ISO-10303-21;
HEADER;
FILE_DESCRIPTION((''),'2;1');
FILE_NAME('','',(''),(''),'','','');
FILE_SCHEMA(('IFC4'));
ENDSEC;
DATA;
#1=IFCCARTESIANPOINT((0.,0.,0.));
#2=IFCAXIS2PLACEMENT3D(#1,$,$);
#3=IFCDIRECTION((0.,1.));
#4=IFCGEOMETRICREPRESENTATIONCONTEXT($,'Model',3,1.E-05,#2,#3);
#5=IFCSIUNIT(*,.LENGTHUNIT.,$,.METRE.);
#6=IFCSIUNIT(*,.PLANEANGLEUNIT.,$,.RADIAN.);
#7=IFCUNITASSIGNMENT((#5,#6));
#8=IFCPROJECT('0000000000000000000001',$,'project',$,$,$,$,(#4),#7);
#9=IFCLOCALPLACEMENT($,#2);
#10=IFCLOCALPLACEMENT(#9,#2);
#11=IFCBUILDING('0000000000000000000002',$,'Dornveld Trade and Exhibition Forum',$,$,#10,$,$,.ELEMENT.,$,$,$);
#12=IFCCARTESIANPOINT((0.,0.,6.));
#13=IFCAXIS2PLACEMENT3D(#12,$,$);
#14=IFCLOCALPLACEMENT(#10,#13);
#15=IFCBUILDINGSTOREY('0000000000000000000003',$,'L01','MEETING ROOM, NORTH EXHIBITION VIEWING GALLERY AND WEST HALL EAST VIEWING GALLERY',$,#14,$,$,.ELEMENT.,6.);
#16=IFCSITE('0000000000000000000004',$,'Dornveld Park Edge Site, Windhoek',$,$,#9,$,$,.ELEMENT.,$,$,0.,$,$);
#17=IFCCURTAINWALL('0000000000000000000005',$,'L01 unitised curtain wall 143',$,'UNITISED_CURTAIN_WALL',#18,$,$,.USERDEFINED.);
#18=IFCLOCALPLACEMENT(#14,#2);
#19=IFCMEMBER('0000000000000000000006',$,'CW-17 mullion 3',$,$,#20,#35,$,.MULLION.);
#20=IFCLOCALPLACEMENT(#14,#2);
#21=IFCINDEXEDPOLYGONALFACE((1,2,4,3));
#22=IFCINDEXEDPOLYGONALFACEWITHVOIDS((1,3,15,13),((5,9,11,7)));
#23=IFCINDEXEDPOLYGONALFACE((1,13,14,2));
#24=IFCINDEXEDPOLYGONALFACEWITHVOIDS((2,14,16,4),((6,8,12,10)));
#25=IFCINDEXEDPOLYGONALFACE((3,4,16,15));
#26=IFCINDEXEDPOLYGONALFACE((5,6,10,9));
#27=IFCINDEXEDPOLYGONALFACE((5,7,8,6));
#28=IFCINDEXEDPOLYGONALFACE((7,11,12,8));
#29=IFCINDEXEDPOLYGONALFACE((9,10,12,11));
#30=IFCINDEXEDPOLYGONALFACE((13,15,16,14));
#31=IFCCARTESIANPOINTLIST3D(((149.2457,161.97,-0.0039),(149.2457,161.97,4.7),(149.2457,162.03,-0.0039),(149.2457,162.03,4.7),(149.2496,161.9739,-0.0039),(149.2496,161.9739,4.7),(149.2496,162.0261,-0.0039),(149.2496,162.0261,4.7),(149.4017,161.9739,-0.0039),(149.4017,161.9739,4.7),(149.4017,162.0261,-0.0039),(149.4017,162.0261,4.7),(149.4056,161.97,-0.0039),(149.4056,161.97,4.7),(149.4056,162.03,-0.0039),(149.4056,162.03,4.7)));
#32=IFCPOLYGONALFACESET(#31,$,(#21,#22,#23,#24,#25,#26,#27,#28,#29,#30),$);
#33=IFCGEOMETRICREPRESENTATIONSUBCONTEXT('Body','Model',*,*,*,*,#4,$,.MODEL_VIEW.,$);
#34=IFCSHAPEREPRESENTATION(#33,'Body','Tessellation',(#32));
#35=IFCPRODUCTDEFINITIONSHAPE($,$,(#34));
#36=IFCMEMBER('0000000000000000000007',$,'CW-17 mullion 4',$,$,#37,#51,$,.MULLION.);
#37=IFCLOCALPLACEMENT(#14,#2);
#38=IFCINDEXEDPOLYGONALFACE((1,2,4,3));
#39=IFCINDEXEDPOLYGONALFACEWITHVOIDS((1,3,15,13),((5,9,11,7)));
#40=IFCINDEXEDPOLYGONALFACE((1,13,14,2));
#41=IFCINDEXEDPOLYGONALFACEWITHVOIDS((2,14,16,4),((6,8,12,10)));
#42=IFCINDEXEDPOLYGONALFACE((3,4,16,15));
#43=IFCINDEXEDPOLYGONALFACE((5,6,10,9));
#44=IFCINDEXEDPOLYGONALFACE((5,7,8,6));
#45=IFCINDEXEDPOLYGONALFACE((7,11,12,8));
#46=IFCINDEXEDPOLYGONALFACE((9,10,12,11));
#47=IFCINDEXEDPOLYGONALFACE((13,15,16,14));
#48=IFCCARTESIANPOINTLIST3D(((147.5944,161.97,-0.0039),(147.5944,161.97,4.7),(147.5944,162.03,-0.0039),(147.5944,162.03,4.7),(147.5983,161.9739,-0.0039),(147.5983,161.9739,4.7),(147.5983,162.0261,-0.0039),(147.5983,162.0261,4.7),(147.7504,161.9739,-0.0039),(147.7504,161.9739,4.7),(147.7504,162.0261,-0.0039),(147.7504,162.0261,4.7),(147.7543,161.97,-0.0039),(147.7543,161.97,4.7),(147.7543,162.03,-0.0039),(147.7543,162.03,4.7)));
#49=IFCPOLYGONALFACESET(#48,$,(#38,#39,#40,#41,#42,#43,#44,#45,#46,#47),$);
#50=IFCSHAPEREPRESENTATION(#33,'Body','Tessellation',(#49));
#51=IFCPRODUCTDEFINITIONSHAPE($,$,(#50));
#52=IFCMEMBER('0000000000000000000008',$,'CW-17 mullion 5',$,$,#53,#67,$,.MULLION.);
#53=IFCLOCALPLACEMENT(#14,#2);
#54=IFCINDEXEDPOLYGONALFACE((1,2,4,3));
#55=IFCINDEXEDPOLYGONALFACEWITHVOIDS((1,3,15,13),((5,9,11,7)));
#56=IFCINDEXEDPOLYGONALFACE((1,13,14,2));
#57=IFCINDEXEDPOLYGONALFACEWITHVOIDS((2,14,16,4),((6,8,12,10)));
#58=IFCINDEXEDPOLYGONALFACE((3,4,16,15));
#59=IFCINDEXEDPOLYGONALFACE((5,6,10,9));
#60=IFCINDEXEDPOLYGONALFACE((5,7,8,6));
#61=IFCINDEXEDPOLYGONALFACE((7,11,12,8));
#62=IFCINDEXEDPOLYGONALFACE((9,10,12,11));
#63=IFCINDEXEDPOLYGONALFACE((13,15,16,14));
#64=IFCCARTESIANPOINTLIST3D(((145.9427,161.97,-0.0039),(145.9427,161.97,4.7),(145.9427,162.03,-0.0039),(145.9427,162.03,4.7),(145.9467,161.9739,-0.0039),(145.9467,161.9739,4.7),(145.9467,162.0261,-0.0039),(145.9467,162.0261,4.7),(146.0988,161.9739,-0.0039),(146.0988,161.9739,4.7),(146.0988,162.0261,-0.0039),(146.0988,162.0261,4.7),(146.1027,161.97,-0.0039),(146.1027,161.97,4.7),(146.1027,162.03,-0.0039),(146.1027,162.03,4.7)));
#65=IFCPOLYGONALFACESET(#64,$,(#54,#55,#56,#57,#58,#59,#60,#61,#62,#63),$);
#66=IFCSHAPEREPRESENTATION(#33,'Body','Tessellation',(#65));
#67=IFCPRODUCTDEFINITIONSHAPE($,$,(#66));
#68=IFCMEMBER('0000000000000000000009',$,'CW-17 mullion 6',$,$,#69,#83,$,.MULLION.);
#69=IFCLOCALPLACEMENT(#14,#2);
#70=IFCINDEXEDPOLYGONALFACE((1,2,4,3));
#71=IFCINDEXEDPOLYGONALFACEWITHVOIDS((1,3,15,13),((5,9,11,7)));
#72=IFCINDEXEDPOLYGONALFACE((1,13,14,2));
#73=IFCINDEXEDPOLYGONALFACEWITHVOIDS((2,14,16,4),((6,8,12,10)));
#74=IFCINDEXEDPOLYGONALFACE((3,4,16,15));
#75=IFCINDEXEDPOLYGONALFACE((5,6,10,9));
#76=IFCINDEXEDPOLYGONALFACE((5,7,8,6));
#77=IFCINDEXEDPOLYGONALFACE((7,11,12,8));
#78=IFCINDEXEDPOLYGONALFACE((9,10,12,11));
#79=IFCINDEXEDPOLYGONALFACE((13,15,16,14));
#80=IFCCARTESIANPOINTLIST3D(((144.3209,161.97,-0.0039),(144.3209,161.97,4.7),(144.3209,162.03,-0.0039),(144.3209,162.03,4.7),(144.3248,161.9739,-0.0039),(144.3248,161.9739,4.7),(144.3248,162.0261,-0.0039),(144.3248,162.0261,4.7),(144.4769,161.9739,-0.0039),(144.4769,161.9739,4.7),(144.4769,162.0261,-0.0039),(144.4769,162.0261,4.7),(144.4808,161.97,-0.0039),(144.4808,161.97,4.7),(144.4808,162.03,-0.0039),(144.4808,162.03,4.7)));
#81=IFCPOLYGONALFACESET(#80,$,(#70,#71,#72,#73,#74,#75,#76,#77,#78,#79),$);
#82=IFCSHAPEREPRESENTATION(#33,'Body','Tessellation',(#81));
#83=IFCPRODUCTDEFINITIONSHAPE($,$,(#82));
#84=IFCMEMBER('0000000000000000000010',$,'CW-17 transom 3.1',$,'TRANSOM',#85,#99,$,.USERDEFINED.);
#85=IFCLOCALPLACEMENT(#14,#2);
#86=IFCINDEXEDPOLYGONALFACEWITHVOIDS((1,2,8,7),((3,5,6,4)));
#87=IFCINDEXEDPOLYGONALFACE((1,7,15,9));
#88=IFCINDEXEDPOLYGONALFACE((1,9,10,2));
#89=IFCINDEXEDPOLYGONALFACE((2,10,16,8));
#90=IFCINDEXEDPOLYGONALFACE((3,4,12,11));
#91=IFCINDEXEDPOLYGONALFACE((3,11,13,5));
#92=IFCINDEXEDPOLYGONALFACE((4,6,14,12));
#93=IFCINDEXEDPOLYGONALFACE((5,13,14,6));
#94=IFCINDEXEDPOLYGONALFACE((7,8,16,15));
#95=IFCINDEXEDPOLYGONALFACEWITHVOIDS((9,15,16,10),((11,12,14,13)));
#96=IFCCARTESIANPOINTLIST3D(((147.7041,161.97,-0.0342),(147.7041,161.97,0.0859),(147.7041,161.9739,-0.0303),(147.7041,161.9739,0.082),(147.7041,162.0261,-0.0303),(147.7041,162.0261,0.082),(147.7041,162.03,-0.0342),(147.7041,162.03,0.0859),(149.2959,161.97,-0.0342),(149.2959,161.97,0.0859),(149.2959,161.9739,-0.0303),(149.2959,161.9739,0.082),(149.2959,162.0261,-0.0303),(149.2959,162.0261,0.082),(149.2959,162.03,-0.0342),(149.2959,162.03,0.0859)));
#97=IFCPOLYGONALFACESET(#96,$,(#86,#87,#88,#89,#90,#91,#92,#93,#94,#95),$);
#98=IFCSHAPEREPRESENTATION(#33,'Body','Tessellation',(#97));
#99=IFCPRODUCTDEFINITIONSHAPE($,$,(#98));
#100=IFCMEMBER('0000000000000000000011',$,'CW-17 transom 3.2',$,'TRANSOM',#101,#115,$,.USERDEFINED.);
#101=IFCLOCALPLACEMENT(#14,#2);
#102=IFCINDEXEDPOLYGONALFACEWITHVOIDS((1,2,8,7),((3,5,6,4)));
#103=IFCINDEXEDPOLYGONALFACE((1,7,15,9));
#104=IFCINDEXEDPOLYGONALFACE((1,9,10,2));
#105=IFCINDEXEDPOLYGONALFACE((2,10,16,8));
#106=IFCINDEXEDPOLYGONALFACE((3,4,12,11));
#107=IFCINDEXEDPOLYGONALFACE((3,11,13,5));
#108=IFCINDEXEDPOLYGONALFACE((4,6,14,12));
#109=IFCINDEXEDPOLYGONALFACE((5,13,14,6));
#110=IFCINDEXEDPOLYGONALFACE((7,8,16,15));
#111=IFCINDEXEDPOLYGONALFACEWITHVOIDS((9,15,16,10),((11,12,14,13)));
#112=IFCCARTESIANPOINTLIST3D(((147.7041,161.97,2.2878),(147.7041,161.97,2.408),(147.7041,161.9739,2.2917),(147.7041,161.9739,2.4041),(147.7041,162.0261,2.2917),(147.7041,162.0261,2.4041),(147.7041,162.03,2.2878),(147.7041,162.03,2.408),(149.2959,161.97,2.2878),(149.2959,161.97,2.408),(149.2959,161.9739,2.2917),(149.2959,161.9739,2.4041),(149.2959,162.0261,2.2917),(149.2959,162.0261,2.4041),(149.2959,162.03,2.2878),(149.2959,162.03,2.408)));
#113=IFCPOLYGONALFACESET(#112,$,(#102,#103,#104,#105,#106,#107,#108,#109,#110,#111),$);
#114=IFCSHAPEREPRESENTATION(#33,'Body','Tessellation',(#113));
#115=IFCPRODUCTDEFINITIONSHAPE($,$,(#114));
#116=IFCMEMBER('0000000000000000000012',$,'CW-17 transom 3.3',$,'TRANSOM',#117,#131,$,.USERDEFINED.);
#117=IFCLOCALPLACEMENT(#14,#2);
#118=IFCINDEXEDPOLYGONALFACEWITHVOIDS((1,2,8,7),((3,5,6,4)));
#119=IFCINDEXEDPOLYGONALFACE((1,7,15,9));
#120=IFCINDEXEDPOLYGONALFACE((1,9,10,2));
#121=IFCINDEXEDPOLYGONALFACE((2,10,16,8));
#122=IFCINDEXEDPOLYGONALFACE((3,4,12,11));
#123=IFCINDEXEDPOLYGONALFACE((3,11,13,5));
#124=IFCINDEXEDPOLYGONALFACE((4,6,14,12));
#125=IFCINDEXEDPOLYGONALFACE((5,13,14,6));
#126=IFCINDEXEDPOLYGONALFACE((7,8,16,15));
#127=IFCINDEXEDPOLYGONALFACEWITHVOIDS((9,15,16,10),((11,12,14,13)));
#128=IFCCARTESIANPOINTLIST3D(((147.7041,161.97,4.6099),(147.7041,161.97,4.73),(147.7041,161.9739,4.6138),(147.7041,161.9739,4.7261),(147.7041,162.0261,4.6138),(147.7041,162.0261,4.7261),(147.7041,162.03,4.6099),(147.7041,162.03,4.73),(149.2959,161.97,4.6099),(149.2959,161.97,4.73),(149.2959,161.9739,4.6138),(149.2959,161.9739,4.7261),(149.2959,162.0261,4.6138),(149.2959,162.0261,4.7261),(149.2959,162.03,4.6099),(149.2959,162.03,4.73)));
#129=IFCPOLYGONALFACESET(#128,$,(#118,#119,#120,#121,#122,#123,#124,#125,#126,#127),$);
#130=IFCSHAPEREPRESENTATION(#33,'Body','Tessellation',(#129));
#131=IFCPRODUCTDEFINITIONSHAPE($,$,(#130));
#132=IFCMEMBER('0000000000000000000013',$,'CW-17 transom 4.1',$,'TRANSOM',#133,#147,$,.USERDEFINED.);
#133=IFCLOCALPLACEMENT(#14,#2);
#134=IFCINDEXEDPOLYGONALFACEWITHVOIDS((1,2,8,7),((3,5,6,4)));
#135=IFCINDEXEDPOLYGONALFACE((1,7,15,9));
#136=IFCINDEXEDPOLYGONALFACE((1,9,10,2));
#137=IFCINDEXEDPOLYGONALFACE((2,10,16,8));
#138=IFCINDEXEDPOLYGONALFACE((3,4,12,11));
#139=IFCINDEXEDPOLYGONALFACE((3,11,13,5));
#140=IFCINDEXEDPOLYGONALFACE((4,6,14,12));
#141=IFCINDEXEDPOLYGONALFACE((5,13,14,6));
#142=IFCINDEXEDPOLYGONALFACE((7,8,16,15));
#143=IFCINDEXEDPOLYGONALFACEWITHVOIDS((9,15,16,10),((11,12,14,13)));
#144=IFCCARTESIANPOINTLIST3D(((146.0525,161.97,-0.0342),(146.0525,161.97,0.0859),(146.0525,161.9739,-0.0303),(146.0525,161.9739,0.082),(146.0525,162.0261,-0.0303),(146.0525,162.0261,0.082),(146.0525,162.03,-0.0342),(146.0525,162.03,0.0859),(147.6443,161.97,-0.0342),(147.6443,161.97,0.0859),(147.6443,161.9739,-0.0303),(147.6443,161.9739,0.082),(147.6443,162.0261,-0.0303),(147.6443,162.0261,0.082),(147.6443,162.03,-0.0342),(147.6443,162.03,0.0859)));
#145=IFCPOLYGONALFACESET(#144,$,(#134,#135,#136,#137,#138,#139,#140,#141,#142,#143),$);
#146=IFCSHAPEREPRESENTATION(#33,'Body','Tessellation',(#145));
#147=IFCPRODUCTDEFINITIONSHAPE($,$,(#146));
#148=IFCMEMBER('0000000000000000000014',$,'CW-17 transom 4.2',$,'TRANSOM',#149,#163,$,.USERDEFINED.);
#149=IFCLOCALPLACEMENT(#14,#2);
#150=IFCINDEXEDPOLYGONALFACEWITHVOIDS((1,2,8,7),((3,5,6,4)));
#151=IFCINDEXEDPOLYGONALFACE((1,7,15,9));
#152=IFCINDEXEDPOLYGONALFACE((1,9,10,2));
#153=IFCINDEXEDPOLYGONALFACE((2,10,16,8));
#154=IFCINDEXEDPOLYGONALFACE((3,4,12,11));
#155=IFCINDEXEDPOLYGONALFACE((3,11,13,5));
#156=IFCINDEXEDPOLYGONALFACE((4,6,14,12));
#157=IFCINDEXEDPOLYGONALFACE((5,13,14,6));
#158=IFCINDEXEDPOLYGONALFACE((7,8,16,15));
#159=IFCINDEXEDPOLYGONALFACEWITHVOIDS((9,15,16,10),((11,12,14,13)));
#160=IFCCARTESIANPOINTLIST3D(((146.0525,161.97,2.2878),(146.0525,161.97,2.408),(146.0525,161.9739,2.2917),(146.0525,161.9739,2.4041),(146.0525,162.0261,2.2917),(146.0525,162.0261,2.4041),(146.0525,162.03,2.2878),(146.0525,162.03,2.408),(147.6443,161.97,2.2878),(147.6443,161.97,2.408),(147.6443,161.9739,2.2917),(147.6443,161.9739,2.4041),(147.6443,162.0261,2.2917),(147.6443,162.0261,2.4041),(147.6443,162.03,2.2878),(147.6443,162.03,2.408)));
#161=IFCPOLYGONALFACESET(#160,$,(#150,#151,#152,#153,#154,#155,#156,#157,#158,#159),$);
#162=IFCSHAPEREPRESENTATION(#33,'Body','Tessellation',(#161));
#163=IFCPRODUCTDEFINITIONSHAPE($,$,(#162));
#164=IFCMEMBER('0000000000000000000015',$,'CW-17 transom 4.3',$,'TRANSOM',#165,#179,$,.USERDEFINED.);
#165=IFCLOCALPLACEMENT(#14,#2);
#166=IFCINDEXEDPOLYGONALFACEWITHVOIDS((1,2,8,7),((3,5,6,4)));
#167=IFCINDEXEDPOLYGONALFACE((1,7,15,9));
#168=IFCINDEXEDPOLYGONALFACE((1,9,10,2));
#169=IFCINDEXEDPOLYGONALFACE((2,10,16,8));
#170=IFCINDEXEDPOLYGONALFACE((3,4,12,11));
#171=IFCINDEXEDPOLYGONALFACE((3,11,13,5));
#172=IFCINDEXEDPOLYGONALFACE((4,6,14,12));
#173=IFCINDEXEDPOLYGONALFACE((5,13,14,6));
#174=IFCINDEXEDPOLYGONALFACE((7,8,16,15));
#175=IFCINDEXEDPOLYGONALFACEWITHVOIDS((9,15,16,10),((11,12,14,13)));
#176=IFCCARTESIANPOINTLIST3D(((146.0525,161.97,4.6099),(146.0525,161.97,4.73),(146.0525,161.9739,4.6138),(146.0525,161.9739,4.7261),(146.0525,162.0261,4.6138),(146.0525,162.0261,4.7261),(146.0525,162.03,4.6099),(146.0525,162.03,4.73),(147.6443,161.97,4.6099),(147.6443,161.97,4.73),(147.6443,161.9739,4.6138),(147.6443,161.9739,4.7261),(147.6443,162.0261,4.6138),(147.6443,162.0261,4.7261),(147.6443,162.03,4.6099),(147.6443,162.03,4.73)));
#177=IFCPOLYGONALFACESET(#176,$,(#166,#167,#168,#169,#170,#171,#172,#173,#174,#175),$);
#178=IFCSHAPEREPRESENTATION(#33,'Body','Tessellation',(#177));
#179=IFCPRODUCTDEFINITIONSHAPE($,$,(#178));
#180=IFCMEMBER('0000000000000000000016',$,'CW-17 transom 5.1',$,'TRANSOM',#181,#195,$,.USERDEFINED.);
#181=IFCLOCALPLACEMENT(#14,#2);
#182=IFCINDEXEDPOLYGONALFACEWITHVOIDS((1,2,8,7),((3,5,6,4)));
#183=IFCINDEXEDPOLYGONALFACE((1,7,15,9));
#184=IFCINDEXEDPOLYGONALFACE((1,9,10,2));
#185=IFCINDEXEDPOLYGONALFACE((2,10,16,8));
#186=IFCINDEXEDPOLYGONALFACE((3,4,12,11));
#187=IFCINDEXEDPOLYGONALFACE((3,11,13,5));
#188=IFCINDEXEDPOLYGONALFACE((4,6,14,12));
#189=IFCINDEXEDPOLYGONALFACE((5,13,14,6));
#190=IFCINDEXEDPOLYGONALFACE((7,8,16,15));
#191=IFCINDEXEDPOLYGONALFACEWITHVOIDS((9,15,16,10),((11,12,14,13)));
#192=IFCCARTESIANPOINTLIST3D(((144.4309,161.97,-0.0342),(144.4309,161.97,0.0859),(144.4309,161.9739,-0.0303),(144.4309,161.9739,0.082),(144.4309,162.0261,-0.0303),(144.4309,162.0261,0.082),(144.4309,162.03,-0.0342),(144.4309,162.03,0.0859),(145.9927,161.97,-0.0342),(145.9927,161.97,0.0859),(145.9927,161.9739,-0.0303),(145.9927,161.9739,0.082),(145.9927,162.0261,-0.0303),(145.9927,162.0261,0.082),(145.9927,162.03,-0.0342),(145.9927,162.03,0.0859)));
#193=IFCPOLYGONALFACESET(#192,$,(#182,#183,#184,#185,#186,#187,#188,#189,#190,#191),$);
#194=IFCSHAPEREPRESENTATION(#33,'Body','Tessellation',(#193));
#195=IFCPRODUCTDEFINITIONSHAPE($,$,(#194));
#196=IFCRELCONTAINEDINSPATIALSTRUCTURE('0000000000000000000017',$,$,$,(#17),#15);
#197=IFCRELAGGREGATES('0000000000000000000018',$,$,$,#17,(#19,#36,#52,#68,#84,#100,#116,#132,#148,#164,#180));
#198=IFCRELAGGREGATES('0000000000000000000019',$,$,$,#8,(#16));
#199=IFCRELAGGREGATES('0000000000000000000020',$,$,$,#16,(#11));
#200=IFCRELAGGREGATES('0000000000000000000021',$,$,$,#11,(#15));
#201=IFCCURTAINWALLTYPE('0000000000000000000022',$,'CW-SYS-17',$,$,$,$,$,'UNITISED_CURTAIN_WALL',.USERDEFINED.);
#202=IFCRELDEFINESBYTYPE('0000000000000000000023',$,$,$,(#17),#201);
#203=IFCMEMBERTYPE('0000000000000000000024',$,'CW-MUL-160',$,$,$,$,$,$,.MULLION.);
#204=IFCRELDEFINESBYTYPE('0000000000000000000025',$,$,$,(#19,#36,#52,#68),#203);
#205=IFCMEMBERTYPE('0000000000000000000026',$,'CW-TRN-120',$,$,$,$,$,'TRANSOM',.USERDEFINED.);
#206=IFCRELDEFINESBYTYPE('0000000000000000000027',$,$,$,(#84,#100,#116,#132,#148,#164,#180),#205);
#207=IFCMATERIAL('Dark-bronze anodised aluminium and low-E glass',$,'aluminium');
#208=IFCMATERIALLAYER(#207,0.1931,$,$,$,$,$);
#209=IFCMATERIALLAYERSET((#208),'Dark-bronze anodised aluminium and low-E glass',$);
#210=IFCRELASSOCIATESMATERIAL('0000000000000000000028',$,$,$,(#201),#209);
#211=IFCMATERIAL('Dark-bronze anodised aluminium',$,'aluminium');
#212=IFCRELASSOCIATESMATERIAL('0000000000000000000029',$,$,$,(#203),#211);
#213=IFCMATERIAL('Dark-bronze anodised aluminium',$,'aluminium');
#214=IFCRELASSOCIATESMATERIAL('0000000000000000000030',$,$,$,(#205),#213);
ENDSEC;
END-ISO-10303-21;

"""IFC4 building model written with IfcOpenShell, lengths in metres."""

from ifc_helpers import new_model, si_unit, direction, frame, origin, origin_2d, place, context, subcontext, project, spatial, hollow_rectangle, extrude, material, layer, layer_set, material_profile, profile_set, type_object, element, aggregate, save


model = new_model("IFC4")

# Units and contexts
model_context = context("Model", 3, precision=1e-05, world=origin(), true_north=direction((0.0, 1.0)))
body_context = subcontext(model_context, "Body", "Model", "MODEL_VIEW")
ifc_project = project(units=[si_unit("LENGTHUNIT", "METRE"), si_unit("PLANEANGLEUNIT", "RADIAN")], contexts=[model_context])

# Site, building, storey
site_placement = place(None, origin())
site = spatial("IfcSite", under=ifc_project, at=site_placement, Name="Dornveld Park Edge Site, Windhoek", CompositionType="ELEMENT", RefElevation=0.0)
building_placement = place(site_placement, origin())
building = spatial("IfcBuilding", under=site, at=building_placement, Name="Dornveld Trade and Exhibition Forum", CompositionType="ELEMENT")
storey_placement = place(building_placement, frame((0.0, 0.0, 6.0)))
storey = spatial("IfcBuildingStorey", under=building, at=storey_placement, Name="L01", Description="MEETING ROOM, NORTH EXHIBITION VIEWING GALLERY AND WEST HALL EAST VIEWING GALLERY", CompositionType="ELEMENT", Elevation=6.0)

# Curtain wall, members
ifc_material_1 = material(Name="Dark-bronze anodised aluminium and low-E glass", Category="aluminium")
ifc_layer_1 = layer(ifc_material_1, 0.1931)
ifc_layer_set_1 = layer_set([ifc_layer_1], Name="Dark-bronze anodised aluminium and low-E glass")
curtain_wall_type = type_object("IfcCurtainWallType", Name="CW-SYS-17", ElementType="UNITISED_CURTAIN_WALL", PredefinedType="USERDEFINED", material=ifc_layer_set_1)
curtain_wall_placement = place(storey_placement, origin())
curtain_wall = element("IfcCurtainWall", 1, at=curtain_wall_placement, inside=storey, type_object=curtain_wall_type, Name="L01 unitised curtain wall 143", ObjectType="UNITISED_CURTAIN_WALL", PredefinedType="USERDEFINED")
ifc_material_2 = material(Name="Dark-bronze anodised aluminium", Category="aluminium")
ifc_material_profile_1 = material_profile(ifc_material_2, hollow_rectangle(XDim=0.0601, YDim=0.1599, WallThickness=0.0039, at=origin_2d()), Name="RHS 160x60x4")
ifc_profile_set_1 = profile_set([ifc_material_profile_1], Name="Dark-bronze anodised aluminium")
member_type_1 = type_object("IfcMemberType", Name="CW-MUL-160", PredefinedType="MULLION", material=ifc_profile_set_1)
member_1_placement = place(storey_placement, frame((149.3257, 162.0, -0.0039), z_axis=(0.0, 0.0, 1.0), x_axis=(0.0, -1.0, 0.0)))
member_1 = element("IfcMember", 2, at=member_1_placement, type_object=member_type_1, Name="CW-17 mullion 3", PredefinedType="MULLION", context=body_context, shape_type="SweptSolid", body=[
    extrude(hollow_rectangle(XDim=0.0601, YDim=0.1599, WallThickness=0.0039, at=origin_2d()), origin(), (0.0, 0.0, 1.0), 4.7039),
])
member_2_placement = place(storey_placement, frame((147.6743, 162.0, -0.0039), z_axis=(0.0, 0.0, 1.0), x_axis=(0.0, -1.0, 0.0)))
member_2 = element("IfcMember", 3, at=member_2_placement, type_object=member_type_1, Name="CW-17 mullion 4", PredefinedType="MULLION", context=body_context, shape_type="SweptSolid", body=[
    extrude(hollow_rectangle(XDim=0.0601, YDim=0.1599, WallThickness=0.0039, at=origin_2d()), origin(), (0.0, 0.0, 1.0), 4.7039),
])
member_3_placement = place(storey_placement, frame((146.0227, 162.0, -0.0039), z_axis=(0.0, 0.0, 1.0), x_axis=(0.0, -1.0, 0.0)))
member_3 = element("IfcMember", 4, at=member_3_placement, type_object=member_type_1, Name="CW-17 mullion 5", PredefinedType="MULLION", context=body_context, shape_type="SweptSolid", body=[
    extrude(hollow_rectangle(XDim=0.0601, YDim=0.1599, WallThickness=0.0039, at=origin_2d()), origin(), (0.0, 0.0, 1.0), 4.7039),
])
member_4_placement = place(storey_placement, frame((144.4009, 162.0, -0.0039), z_axis=(0.0, 0.0, 1.0), x_axis=(0.0, -1.0, 0.0)))
member_4 = element("IfcMember", 5, at=member_4_placement, type_object=member_type_1, Name="CW-17 mullion 6", PredefinedType="MULLION", context=body_context, shape_type="SweptSolid", body=[
    extrude(hollow_rectangle(XDim=0.0601, YDim=0.1599, WallThickness=0.0039, at=origin_2d()), origin(), (0.0, 0.0, 1.0), 4.7039),
])
ifc_material_3 = material(Name="Dark-bronze anodised aluminium", Category="aluminium")
ifc_material_profile_2 = material_profile(ifc_material_3, hollow_rectangle(XDim=0.0601, YDim=0.1201, WallThickness=0.0039, at=origin_2d()), Name="RHS 120x60x4")
ifc_profile_set_2 = profile_set([ifc_material_profile_2], Name="Dark-bronze anodised aluminium")
member_type_2 = type_object("IfcMemberType", Name="CW-TRN-120", ElementType="TRANSOM", PredefinedType="USERDEFINED", material=ifc_profile_set_2)
member_5_placement = place(storey_placement, frame((149.2959, 162.0, 0.0259), z_axis=(-1.0, 0.0, 0.0), x_axis=(0.0, -1.0, 0.0)))
member_5 = element("IfcMember", 6, at=member_5_placement, type_object=member_type_2, Name="CW-17 transom 3.1", ObjectType="TRANSOM", PredefinedType="USERDEFINED", context=body_context, shape_type="SweptSolid", body=[
    extrude(hollow_rectangle(XDim=0.0601, YDim=0.1201, WallThickness=0.0039, at=origin_2d()), origin(), (0.0, 0.0, 1.0), 1.5918),
])
member_6_placement = place(storey_placement, frame((149.2959, 162.0, 2.3479), z_axis=(-1.0, 0.0, 0.0), x_axis=(0.0, -1.0, 0.0)))
member_6 = element("IfcMember", 7, at=member_6_placement, type_object=member_type_2, Name="CW-17 transom 3.2", ObjectType="TRANSOM", PredefinedType="USERDEFINED", context=body_context, shape_type="SweptSolid", body=[
    extrude(hollow_rectangle(XDim=0.0601, YDim=0.1201, WallThickness=0.0039, at=origin_2d()), origin(), (0.0, 0.0, 1.0), 1.5918),
])
member_7_placement = place(storey_placement, frame((149.2959, 162.0, 4.6699), z_axis=(-1.0, 0.0, 0.0), x_axis=(0.0, -1.0, 0.0)))
member_7 = element("IfcMember", 8, at=member_7_placement, type_object=member_type_2, Name="CW-17 transom 3.3", ObjectType="TRANSOM", PredefinedType="USERDEFINED", context=body_context, shape_type="SweptSolid", body=[
    extrude(hollow_rectangle(XDim=0.0601, YDim=0.1201, WallThickness=0.0039, at=origin_2d()), origin(), (0.0, 0.0, 1.0), 1.5918),
])
member_8_placement = place(storey_placement, frame((147.6443, 162.0, 0.0259), z_axis=(-1.0, 0.0, 0.0), x_axis=(0.0, -1.0, 0.0)))
member_8 = element("IfcMember", 9, at=member_8_placement, type_object=member_type_2, Name="CW-17 transom 4.1", ObjectType="TRANSOM", PredefinedType="USERDEFINED", context=body_context, shape_type="SweptSolid", body=[
    extrude(hollow_rectangle(XDim=0.0601, YDim=0.1201, WallThickness=0.0039, at=origin_2d()), origin(), (0.0, 0.0, 1.0), 1.5918),
])
member_9_placement = place(storey_placement, frame((147.6443, 162.0, 2.3479), z_axis=(-1.0, 0.0, 0.0), x_axis=(0.0, -1.0, 0.0)))
member_9 = element("IfcMember", 10, at=member_9_placement, type_object=member_type_2, Name="CW-17 transom 4.2", ObjectType="TRANSOM", PredefinedType="USERDEFINED", context=body_context, shape_type="SweptSolid", body=[
    extrude(hollow_rectangle(XDim=0.0601, YDim=0.1201, WallThickness=0.0039, at=origin_2d()), origin(), (0.0, 0.0, 1.0), 1.5918),
])
member_10_placement = place(storey_placement, frame((147.6443, 162.0, 4.6699), z_axis=(-1.0, 0.0, 0.0), x_axis=(0.0, -1.0, 0.0)))
member_10 = element("IfcMember", 11, at=member_10_placement, type_object=member_type_2, Name="CW-17 transom 4.3", ObjectType="TRANSOM", PredefinedType="USERDEFINED", context=body_context, shape_type="SweptSolid", body=[
    extrude(hollow_rectangle(XDim=0.0601, YDim=0.1201, WallThickness=0.0039, at=origin_2d()), origin(), (0.0, 0.0, 1.0), 1.5918),
])
member_11_placement = place(storey_placement, frame((145.9927, 162.0, 0.0259), z_axis=(-1.0, 0.0, 0.0), x_axis=(0.0, -1.0, 0.0)))
member_11 = element("IfcMember", 12, at=member_11_placement, type_object=member_type_2, Name="CW-17 transom 5.1", ObjectType="TRANSOM", PredefinedType="USERDEFINED", context=body_context, shape_type="SweptSolid", body=[
    extrude(hollow_rectangle(XDim=0.0601, YDim=0.1201, WallThickness=0.0039, at=origin_2d()), origin(), (0.0, 0.0, 1.0), 1.5618),
])

aggregate(curtain_wall, [member_1, member_2, member_3, member_4, member_5, member_6, member_7, member_8, member_9, member_10, member_11])

save(model, "model.ifc")
